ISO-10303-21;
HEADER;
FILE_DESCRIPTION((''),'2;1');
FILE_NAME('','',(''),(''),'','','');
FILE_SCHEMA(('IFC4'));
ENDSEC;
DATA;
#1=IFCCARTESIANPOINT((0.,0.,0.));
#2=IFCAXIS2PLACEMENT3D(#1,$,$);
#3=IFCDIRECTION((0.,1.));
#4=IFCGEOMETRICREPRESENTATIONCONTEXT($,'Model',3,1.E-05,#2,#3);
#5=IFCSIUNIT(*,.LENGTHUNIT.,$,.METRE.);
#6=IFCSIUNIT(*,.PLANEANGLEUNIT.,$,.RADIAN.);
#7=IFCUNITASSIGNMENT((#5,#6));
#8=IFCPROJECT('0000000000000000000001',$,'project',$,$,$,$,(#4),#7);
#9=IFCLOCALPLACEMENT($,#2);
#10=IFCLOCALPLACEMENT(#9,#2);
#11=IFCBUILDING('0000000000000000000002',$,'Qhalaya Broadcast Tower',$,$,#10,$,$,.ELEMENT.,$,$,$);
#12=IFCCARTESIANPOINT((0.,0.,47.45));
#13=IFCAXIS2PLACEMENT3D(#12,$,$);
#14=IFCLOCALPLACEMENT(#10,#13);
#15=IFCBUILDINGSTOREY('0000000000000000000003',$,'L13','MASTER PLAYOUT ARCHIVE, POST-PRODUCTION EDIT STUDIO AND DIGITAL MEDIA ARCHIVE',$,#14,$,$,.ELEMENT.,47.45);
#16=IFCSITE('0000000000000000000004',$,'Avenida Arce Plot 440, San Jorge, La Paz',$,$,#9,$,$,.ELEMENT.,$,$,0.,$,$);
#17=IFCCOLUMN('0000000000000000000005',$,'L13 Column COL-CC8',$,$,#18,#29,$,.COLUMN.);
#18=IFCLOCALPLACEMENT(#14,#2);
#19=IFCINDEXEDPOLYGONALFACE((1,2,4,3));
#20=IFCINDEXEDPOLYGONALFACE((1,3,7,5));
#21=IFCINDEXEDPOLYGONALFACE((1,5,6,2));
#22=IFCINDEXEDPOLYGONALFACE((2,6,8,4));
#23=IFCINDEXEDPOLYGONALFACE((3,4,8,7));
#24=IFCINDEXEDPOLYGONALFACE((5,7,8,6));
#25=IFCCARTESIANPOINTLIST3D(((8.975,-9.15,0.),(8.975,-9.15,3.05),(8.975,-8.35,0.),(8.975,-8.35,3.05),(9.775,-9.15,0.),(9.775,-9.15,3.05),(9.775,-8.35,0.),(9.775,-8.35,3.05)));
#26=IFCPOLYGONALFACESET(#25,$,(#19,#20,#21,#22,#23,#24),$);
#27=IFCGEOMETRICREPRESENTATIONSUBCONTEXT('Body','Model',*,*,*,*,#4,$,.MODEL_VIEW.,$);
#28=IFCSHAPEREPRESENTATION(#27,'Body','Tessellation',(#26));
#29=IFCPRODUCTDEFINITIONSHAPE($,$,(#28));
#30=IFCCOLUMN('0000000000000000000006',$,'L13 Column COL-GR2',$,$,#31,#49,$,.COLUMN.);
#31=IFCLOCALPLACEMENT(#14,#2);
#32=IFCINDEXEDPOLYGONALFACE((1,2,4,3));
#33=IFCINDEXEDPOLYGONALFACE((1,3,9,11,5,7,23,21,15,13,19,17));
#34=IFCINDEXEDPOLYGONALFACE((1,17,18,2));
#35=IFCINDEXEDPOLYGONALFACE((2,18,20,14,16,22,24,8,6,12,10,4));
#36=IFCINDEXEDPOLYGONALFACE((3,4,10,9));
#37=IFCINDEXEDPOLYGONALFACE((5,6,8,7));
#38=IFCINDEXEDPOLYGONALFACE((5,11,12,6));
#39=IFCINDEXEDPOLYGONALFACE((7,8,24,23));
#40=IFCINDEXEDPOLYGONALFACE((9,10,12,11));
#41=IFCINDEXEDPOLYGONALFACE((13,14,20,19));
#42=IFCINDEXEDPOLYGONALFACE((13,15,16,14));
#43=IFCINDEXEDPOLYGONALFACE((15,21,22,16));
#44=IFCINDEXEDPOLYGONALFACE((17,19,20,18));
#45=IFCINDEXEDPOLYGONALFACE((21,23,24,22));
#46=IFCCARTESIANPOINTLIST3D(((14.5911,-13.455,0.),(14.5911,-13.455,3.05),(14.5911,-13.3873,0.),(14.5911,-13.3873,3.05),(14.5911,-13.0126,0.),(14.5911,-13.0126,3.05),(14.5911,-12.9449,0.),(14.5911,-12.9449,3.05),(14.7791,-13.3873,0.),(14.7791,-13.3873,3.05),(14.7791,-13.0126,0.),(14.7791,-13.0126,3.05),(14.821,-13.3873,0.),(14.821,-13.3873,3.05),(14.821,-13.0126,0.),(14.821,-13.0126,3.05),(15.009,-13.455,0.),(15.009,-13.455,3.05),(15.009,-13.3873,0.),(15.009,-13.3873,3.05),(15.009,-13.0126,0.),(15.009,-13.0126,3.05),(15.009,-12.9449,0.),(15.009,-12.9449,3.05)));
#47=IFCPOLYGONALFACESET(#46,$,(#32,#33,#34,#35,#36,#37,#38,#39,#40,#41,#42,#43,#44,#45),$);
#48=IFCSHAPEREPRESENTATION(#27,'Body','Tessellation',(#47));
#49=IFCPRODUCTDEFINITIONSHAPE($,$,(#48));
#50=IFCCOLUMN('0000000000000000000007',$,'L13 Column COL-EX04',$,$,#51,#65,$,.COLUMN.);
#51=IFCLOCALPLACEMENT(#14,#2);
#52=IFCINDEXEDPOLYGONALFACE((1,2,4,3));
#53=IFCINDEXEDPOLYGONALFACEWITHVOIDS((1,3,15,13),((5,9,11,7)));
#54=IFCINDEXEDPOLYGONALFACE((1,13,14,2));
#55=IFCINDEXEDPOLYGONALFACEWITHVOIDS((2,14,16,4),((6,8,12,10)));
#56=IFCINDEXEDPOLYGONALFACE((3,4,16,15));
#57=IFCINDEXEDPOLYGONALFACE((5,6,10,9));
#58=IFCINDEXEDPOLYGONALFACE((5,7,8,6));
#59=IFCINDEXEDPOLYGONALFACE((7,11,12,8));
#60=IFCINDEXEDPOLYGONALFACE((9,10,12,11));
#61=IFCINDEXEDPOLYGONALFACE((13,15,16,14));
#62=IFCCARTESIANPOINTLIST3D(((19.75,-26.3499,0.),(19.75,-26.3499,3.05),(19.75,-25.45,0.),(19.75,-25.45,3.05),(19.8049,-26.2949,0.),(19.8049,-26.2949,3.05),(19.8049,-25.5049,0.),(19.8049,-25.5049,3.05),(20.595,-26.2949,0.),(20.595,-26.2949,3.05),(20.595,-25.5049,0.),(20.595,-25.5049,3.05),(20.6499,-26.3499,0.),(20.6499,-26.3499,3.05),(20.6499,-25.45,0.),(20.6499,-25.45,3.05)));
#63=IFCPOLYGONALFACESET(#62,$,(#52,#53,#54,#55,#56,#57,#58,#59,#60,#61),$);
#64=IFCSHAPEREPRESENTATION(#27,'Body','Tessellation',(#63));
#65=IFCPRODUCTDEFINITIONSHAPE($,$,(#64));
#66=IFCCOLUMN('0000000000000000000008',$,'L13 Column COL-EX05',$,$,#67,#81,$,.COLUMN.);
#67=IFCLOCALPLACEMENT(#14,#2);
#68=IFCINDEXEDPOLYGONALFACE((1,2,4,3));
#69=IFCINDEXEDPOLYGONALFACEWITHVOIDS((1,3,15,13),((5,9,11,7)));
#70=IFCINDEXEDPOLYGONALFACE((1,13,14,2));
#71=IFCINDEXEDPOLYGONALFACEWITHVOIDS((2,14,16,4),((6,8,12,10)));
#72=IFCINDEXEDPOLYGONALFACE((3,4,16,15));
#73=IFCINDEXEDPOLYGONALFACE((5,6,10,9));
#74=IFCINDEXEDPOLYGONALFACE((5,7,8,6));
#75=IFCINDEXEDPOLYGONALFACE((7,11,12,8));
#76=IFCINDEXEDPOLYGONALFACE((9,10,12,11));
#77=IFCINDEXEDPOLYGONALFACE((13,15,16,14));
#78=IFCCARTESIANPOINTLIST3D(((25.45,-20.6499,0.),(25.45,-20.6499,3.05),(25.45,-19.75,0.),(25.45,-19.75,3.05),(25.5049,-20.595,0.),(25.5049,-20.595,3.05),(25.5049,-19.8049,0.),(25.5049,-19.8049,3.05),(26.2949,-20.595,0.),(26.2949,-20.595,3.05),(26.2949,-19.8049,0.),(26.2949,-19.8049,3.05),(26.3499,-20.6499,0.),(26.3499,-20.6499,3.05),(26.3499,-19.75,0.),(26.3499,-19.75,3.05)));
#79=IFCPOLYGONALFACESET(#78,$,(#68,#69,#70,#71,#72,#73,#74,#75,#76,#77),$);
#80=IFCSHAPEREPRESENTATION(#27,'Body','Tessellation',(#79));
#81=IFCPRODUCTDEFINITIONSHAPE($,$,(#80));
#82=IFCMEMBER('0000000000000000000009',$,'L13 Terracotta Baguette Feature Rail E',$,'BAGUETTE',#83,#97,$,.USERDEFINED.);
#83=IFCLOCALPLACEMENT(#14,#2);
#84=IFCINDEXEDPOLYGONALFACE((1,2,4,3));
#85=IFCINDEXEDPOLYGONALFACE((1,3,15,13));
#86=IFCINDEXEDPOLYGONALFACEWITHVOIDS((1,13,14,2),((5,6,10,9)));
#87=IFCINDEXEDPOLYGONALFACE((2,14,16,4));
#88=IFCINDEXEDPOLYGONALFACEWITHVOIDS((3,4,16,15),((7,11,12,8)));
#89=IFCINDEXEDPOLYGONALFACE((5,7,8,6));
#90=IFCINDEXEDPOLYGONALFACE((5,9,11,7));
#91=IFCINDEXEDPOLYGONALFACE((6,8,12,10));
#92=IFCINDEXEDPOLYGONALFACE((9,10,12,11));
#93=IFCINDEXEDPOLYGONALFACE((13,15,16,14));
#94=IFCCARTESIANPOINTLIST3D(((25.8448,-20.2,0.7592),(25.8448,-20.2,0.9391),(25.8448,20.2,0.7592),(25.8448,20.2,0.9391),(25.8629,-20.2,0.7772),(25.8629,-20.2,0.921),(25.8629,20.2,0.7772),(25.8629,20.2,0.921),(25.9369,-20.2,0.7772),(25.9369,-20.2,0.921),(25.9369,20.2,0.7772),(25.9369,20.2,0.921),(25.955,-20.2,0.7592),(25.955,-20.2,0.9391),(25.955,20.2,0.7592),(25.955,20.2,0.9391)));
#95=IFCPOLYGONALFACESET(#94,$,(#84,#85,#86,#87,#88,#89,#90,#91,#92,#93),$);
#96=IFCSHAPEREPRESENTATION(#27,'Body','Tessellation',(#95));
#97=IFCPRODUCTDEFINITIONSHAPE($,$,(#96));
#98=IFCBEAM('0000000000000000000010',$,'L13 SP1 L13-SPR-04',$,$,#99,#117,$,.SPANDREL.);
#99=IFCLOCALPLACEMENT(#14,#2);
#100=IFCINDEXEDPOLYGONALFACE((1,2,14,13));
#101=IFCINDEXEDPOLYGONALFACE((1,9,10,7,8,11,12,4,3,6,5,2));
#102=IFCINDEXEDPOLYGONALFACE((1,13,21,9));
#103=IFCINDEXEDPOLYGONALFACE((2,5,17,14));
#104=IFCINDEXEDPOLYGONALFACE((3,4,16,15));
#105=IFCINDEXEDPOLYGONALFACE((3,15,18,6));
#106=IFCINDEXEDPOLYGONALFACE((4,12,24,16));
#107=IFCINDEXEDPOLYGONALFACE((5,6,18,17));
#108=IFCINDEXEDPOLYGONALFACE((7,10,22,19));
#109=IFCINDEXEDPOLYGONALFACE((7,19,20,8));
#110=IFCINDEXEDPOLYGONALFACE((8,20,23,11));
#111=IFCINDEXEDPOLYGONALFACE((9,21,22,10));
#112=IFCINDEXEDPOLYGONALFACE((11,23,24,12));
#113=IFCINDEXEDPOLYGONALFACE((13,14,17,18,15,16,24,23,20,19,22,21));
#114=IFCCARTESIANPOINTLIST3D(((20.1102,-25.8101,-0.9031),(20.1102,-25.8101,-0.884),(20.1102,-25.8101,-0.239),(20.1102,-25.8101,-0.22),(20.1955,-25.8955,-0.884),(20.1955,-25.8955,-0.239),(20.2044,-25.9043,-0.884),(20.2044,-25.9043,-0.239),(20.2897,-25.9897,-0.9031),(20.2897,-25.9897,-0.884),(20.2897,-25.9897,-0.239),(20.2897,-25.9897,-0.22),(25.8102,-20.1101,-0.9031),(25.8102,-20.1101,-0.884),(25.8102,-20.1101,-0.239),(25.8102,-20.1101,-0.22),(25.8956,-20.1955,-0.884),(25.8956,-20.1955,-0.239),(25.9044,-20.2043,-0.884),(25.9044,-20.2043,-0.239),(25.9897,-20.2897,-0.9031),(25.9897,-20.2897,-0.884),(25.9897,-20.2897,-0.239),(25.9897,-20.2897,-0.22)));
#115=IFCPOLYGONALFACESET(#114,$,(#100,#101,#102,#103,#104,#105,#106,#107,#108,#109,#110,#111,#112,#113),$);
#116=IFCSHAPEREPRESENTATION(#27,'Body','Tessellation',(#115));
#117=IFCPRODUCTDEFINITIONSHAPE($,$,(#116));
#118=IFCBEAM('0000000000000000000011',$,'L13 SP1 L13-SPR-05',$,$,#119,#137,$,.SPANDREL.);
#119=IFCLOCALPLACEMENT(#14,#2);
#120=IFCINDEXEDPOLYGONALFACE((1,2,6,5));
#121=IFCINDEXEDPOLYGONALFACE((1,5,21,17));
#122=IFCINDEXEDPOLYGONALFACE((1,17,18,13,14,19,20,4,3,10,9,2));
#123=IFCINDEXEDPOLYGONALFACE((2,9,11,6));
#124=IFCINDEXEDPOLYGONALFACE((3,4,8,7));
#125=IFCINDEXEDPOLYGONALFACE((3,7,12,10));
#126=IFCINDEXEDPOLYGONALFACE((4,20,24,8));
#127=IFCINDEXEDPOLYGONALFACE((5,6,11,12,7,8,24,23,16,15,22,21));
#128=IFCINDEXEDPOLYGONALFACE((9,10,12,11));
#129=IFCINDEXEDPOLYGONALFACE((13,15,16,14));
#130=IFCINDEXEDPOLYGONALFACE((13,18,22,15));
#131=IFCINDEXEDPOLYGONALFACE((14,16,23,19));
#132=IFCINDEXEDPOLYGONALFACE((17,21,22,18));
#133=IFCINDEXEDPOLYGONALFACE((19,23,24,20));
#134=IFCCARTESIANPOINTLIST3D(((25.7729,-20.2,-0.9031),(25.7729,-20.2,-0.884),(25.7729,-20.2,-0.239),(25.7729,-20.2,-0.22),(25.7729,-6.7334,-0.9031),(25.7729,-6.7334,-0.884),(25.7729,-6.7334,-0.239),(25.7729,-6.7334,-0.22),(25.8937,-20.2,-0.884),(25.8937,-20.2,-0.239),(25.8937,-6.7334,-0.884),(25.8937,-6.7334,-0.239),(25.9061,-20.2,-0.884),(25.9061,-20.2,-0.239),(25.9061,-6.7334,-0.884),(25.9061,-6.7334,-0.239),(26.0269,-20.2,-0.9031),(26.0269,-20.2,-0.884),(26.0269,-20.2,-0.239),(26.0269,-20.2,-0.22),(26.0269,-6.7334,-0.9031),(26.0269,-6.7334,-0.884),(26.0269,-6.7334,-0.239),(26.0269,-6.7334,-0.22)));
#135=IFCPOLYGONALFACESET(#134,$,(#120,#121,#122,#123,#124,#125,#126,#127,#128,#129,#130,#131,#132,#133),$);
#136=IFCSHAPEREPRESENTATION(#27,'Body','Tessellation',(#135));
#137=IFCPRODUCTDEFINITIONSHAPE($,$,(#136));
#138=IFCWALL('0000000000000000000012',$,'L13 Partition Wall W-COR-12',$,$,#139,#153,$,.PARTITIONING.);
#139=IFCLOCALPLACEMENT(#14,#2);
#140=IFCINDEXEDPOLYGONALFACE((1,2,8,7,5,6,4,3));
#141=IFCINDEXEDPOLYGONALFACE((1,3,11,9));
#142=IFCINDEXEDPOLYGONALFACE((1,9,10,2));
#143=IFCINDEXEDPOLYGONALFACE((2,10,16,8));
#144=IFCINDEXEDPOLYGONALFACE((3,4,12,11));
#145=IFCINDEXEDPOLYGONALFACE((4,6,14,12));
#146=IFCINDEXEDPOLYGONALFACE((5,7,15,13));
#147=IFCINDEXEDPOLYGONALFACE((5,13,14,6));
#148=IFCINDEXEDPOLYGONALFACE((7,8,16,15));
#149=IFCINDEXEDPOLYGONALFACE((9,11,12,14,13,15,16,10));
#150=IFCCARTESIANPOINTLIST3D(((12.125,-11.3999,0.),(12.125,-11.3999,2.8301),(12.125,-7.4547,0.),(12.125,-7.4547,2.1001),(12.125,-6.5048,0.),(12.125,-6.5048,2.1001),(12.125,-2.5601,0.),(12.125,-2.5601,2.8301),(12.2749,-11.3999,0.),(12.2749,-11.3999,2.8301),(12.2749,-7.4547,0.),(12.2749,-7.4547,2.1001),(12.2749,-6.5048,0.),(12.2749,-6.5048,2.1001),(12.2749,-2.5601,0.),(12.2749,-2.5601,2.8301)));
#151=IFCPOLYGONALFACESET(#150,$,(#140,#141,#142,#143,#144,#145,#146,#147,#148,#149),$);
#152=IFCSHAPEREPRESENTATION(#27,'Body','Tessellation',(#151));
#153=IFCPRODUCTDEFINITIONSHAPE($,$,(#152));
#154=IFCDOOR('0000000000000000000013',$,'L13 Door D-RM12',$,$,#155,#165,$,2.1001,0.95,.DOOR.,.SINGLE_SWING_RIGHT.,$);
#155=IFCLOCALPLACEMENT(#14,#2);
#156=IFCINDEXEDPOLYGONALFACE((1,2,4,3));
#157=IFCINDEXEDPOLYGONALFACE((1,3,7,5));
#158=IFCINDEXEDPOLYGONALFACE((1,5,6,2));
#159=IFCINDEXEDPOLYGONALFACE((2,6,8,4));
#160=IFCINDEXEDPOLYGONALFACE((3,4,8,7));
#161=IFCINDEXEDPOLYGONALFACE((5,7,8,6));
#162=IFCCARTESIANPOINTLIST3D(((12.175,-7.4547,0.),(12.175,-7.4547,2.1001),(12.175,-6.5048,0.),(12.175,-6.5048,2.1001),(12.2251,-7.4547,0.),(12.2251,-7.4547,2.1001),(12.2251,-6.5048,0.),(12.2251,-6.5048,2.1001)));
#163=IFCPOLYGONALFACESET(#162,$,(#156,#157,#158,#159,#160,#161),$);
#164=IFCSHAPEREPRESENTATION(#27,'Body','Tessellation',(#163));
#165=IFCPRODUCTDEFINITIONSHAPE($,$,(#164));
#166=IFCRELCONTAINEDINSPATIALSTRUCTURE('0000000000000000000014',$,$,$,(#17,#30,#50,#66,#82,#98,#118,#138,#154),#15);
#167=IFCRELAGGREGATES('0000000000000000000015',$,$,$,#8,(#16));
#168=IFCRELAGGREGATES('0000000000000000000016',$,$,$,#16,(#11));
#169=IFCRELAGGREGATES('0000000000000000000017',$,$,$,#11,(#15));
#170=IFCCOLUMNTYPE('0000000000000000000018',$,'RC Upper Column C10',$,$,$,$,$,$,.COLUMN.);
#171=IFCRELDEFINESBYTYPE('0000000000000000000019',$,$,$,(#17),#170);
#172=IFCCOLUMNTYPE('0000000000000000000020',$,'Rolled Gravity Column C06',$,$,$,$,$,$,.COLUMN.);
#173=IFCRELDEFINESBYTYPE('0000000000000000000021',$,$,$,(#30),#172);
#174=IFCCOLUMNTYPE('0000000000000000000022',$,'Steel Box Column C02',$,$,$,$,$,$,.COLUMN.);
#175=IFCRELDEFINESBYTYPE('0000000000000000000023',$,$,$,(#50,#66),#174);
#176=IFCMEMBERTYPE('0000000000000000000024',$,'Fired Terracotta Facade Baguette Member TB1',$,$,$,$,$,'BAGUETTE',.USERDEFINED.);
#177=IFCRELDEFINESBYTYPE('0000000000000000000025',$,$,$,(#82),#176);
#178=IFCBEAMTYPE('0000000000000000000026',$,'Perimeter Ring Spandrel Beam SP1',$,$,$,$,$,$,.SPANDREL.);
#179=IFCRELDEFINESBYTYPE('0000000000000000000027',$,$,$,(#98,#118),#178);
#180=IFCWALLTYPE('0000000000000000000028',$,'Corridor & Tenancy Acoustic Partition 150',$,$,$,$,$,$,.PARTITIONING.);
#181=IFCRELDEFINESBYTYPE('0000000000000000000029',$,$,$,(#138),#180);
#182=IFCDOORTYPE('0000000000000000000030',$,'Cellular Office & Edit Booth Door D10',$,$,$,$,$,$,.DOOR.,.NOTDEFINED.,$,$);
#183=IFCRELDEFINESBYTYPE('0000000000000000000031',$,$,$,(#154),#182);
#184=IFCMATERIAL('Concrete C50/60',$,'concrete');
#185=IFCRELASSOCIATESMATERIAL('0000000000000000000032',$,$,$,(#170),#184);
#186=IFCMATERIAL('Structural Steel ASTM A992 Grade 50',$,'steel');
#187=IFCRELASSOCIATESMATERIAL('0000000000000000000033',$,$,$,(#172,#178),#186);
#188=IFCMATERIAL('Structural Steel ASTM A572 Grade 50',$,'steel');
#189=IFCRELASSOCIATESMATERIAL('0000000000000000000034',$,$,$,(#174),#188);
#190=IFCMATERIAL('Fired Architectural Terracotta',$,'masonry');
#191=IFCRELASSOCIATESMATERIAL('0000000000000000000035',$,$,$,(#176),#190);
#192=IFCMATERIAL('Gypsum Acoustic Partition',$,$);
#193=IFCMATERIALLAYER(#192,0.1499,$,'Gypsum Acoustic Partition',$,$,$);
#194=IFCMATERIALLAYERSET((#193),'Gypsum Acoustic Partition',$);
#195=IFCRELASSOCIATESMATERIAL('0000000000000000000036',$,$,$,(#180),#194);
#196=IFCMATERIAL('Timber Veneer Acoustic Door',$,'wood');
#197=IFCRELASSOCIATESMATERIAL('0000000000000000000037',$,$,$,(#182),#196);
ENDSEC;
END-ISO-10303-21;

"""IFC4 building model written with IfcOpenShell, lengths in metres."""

from ifc_helpers import new_model, si_unit, direction, frame, frame_2d, origin, origin_2d, place, context, subcontext, project, spatial, rectangle, hollow_rectangle, i_section, extrude, material, layer, layer_set, material_profile, profile_set, type_object, element, fill, save


model = new_model("IFC4")

# Units and contexts
model_context = context("Model", 3, precision=1e-05, world=origin(), true_north=direction((0.0, 1.0)))
body_context = subcontext(model_context, "Body", "Model", "MODEL_VIEW")
ifc_project = project(units=[si_unit("LENGTHUNIT", "METRE"), si_unit("PLANEANGLEUNIT", "RADIAN")], contexts=[model_context])

# Site, building, storey
site_placement = place(None, origin())
site = spatial("IfcSite", under=ifc_project, at=site_placement, Name="Avenida Arce Plot 440, San Jorge, La Paz", CompositionType="ELEMENT", RefElevation=0.0)
building_placement = place(site_placement, origin())
building = spatial("IfcBuilding", under=site, at=building_placement, Name="Qhalaya Broadcast Tower", CompositionType="ELEMENT")
storey_placement = place(building_placement, frame((0.0, 0.0, 47.45)))
storey = spatial("IfcBuildingStorey", under=building, at=storey_placement, Name="L13", Description="MASTER PLAYOUT ARCHIVE, POST-PRODUCTION EDIT STUDIO AND DIGITAL MEDIA ARCHIVE", CompositionType="ELEMENT", Elevation=47.45)

# Columns
ifc_material_1 = material(Name="Concrete C50/60", Category="concrete")
ifc_material_profile_1 = material_profile(ifc_material_1, rectangle(XDim=0.8, YDim=0.8, at=origin_2d()), Name="RC-COL 800x800")
ifc_profile_set_1 = profile_set([ifc_material_profile_1], Name="Concrete C50/60")
column_type_1 = type_object("IfcColumnType", Name="RC Upper Column C10", PredefinedType="COLUMN", material=ifc_profile_set_1)
column_1_placement = place(storey_placement, frame((9.375, -8.75, 0.0), z_axis=(0.0, 0.0, 1.0), x_axis=(1.0, 0.0, 0.0)))
element("IfcColumn", 1, at=column_1_placement, inside=storey, type_object=column_type_1, Name="L13 Column COL-CC8", PredefinedType="COLUMN", context=body_context, shape_type="SweptSolid", body=[
    extrude(rectangle(XDim=0.8, YDim=0.8, at=origin_2d()), origin(), (0.0, 0.0, 1.0), 3.05),
])
ifc_material_2 = material(Name="Structural Steel ASTM A992 Grade 50", Category="steel")
ifc_material_profile_2 = material_profile(ifc_material_2, i_section(OverallWidth=0.418, OverallDepth=0.51, WebThickness=0.042, FlangeThickness=0.0676, at=origin_2d()), Name="W14X370")
ifc_profile_set_2 = profile_set([ifc_material_profile_2], Name="Structural Steel ASTM A992 Grade 50")
column_type_2 = type_object("IfcColumnType", Name="Rolled Gravity Column C06", PredefinedType="COLUMN", material=ifc_profile_set_2)
column_2_placement = place(storey_placement, frame((14.8, -13.2, 0.0), z_axis=(0.0, 0.0, 1.0), x_axis=(1.0, 0.0, 0.0)))
element("IfcColumn", 2, at=column_2_placement, inside=storey, type_object=column_type_2, Name="L13 Column COL-GR2", PredefinedType="COLUMN", context=body_context, shape_type="SweptSolid", body=[
    extrude(i_section(OverallWidth=0.418, OverallDepth=0.51, WebThickness=0.042, FlangeThickness=0.0676, at=origin_2d()), origin(), (0.0, 0.0, 1.0), 3.05),
])
ifc_material_3 = material(Name="Structural Steel ASTM A572 Grade 50", Category="steel")
ifc_material_profile_3 = material_profile(ifc_material_3, hollow_rectangle(XDim=0.8999, YDim=0.8999, WallThickness=0.0549, at=origin_2d()), Name="BOX 900x900x55")
ifc_profile_set_3 = profile_set([ifc_material_profile_3], Name="Structural Steel ASTM A572 Grade 50")
column_type_3 = type_object("IfcColumnType", Name="Steel Box Column C02", PredefinedType="COLUMN", material=ifc_profile_set_3)
for number, where, z_axis, x_axis, name in (
    (3, (20.2, -25.8999, 0.0), (0.0, 0.0, 1.0), (1.0, 0.0, 0.0), "L13 Column COL-EX04"),
    (4, (25.8999, -20.2, 0.0), (0.0, 0.0, 1.0), (0.0, 1.0, 0.0), "L13 Column COL-EX05"),
):
    element("IfcColumn", number, at=place(storey_placement, frame(where, z_axis=z_axis, x_axis=x_axis)), inside=storey, type_object=column_type_3, Name=name, PredefinedType="COLUMN", context=body_context, shape_type="SweptSolid", body=[
        extrude(hollow_rectangle(XDim=0.8999, YDim=0.8999, WallThickness=0.0549, at=origin_2d()), origin(), (0.0, 0.0, 1.0), 3.05),
    ])

# Member
ifc_material_4 = material(Name="Fired Architectural Terracotta", Category="masonry")
ifc_material_profile_4 = material_profile(ifc_material_4, hollow_rectangle(XDim=0.1101, YDim=0.1799, WallThickness=0.0181, at=origin_2d()), Name="TB-BAG 110x180x18")
ifc_profile_set_4 = profile_set([ifc_material_profile_4], Name="Fired Architectural Terracotta")
member_type = type_object("IfcMemberType", Name="Fired Terracotta Facade Baguette Member TB1", ElementType="BAGUETTE", PredefinedType="USERDEFINED", material=ifc_profile_set_4)
member_placement = place(storey_placement, frame((25.8999, -20.2, 0.8491), z_axis=(0.0, 1.0, 0.0), x_axis=(-1.0, 0.0, 0.0)))
element("IfcMember", 5, at=member_placement, inside=storey, type_object=member_type, Name="L13 Terracotta Baguette Feature Rail E", ObjectType="BAGUETTE", PredefinedType="USERDEFINED", context=body_context, shape_type="SweptSolid", body=[
    extrude(hollow_rectangle(XDim=0.1101, YDim=0.1799, WallThickness=0.0181, at=origin_2d()), origin(), (0.0, 0.0, 1.0), 40.3999),
])

# Beams
ifc_material_profile_5 = material_profile(ifc_material_2, i_section(OverallWidth=0.2539, OverallDepth=0.6831, WebThickness=0.0125, FlangeThickness=0.019, at=origin_2d()), Name="W27X94")
ifc_profile_set_5 = profile_set([ifc_material_profile_5], Name="Structural Steel ASTM A992 Grade 50")
beam_type = type_object("IfcBeamType", Name="Perimeter Ring Spandrel Beam SP1", PredefinedType="SPANDREL", material=ifc_profile_set_5)
beam_1_placement = place(storey_placement, frame((20.2, -25.8999, -0.5615), z_axis=(0.707107, 0.707107, 0.0), x_axis=(-0.707107, 0.707107, 0.0)))
element("IfcBeam", 6, at=beam_1_placement, inside=storey, type_object=beam_type, Name="L13 SP1 L13-SPR-04", PredefinedType="SPANDREL", context=body_context, shape_type="SweptSolid", body=[
    extrude(i_section(OverallWidth=0.2539, OverallDepth=0.6831, WebThickness=0.0125, FlangeThickness=0.019, at=origin_2d()), origin(), (0.0, 0.0, 1.0), 8.061),
])
beam_2_placement = place(storey_placement, frame((25.8999, -20.2, -0.5615), z_axis=(0.0, 1.0, 0.0), x_axis=(-1.0, 0.0, 0.0)))
element("IfcBeam", 7, at=beam_2_placement, inside=storey, type_object=beam_type, Name="L13 SP1 L13-SPR-05", PredefinedType="SPANDREL", context=body_context, shape_type="SweptSolid", body=[
    extrude(i_section(OverallWidth=0.2539, OverallDepth=0.6831, WebThickness=0.0125, FlangeThickness=0.019, at=origin_2d()), origin(), (0.0, 0.0, 1.0), 13.4666),
])

# Wall, opening, door
ifc_material_5 = material(Name="Gypsum Acoustic Partition")
ifc_layer_1 = layer(ifc_material_5, 0.1499, Name="Gypsum Acoustic Partition")
ifc_layer_set_1 = layer_set([ifc_layer_1], Name="Gypsum Acoustic Partition")
wall_type_1 = type_object("IfcWallType", Name="Corridor & Tenancy Acoustic Partition 150", PredefinedType="PARTITIONING", material=ifc_layer_set_1)
wall_1_placement = place(storey_placement, frame((12.2, -11.3999, 0.0), z_axis=(0.0, 0.0, 1.0), x_axis=(0.0, 1.0, 0.0)))
wall_1 = element("IfcWall", 8, at=wall_1_placement, inside=storey, type_object=wall_type_1, Name="L13 Partition Wall W-COR-12", PredefinedType="PARTITIONING", context=body_context, shape_type="SweptSolid", body=[
    extrude(rectangle(XDim=8.8398, YDim=0.1499, at=frame_2d((4.4199, 0.0))), origin(), (0.0, 0.0, 1.0), 2.8301),
])
opening_1_placement = place(wall_1_placement, frame((3.9451, 0.0, 0.0)))
opening_1 = element("IfcOpeningElement", 9, at=opening_1_placement, cuts=wall_1, PredefinedType="OPENING", context=body_context, shape_type="SweptSolid", body=[
    extrude(rectangle(XDim=0.95, YDim=2.1001, at=frame_2d((0.4751, 1.05))), frame((0.0, 0.0869, 0.0), z_axis=(0.0, -1.0, 0.0), x_axis=(1.0, 0.0, 0.0)), (0.0, 0.0, 1.0), 0.1738),
])
ifc_material_6 = material(Name="Timber Veneer Acoustic Door", Category="wood")
door_type = type_object("IfcDoorType", Name="Cellular Office & Edit Booth Door D10", OperationType="NOTDEFINED", PredefinedType="DOOR", material=ifc_material_6)
door_placement = place(opening_1_placement, origin())
door = element("IfcDoor", 10, at=door_placement, inside=storey, type_object=door_type, Name="L13 Door D-RM12", OperationType="SINGLE_SWING_RIGHT", OverallHeight=2.1001, OverallWidth=0.95, PredefinedType="DOOR", context=body_context, shape_type="SweptSolid", body=[
    extrude(rectangle(XDim=0.95, YDim=2.1001, at=frame_2d((0.4751, 1.05))), frame((0.0, 0.0249, 0.0), z_axis=(0.0, -1.0, 0.0), x_axis=(1.0, 0.0, 0.0)), (0.0, 0.0, 1.0), 0.05),
])
fill(opening_1, door)

save(model, "model.ifc")
